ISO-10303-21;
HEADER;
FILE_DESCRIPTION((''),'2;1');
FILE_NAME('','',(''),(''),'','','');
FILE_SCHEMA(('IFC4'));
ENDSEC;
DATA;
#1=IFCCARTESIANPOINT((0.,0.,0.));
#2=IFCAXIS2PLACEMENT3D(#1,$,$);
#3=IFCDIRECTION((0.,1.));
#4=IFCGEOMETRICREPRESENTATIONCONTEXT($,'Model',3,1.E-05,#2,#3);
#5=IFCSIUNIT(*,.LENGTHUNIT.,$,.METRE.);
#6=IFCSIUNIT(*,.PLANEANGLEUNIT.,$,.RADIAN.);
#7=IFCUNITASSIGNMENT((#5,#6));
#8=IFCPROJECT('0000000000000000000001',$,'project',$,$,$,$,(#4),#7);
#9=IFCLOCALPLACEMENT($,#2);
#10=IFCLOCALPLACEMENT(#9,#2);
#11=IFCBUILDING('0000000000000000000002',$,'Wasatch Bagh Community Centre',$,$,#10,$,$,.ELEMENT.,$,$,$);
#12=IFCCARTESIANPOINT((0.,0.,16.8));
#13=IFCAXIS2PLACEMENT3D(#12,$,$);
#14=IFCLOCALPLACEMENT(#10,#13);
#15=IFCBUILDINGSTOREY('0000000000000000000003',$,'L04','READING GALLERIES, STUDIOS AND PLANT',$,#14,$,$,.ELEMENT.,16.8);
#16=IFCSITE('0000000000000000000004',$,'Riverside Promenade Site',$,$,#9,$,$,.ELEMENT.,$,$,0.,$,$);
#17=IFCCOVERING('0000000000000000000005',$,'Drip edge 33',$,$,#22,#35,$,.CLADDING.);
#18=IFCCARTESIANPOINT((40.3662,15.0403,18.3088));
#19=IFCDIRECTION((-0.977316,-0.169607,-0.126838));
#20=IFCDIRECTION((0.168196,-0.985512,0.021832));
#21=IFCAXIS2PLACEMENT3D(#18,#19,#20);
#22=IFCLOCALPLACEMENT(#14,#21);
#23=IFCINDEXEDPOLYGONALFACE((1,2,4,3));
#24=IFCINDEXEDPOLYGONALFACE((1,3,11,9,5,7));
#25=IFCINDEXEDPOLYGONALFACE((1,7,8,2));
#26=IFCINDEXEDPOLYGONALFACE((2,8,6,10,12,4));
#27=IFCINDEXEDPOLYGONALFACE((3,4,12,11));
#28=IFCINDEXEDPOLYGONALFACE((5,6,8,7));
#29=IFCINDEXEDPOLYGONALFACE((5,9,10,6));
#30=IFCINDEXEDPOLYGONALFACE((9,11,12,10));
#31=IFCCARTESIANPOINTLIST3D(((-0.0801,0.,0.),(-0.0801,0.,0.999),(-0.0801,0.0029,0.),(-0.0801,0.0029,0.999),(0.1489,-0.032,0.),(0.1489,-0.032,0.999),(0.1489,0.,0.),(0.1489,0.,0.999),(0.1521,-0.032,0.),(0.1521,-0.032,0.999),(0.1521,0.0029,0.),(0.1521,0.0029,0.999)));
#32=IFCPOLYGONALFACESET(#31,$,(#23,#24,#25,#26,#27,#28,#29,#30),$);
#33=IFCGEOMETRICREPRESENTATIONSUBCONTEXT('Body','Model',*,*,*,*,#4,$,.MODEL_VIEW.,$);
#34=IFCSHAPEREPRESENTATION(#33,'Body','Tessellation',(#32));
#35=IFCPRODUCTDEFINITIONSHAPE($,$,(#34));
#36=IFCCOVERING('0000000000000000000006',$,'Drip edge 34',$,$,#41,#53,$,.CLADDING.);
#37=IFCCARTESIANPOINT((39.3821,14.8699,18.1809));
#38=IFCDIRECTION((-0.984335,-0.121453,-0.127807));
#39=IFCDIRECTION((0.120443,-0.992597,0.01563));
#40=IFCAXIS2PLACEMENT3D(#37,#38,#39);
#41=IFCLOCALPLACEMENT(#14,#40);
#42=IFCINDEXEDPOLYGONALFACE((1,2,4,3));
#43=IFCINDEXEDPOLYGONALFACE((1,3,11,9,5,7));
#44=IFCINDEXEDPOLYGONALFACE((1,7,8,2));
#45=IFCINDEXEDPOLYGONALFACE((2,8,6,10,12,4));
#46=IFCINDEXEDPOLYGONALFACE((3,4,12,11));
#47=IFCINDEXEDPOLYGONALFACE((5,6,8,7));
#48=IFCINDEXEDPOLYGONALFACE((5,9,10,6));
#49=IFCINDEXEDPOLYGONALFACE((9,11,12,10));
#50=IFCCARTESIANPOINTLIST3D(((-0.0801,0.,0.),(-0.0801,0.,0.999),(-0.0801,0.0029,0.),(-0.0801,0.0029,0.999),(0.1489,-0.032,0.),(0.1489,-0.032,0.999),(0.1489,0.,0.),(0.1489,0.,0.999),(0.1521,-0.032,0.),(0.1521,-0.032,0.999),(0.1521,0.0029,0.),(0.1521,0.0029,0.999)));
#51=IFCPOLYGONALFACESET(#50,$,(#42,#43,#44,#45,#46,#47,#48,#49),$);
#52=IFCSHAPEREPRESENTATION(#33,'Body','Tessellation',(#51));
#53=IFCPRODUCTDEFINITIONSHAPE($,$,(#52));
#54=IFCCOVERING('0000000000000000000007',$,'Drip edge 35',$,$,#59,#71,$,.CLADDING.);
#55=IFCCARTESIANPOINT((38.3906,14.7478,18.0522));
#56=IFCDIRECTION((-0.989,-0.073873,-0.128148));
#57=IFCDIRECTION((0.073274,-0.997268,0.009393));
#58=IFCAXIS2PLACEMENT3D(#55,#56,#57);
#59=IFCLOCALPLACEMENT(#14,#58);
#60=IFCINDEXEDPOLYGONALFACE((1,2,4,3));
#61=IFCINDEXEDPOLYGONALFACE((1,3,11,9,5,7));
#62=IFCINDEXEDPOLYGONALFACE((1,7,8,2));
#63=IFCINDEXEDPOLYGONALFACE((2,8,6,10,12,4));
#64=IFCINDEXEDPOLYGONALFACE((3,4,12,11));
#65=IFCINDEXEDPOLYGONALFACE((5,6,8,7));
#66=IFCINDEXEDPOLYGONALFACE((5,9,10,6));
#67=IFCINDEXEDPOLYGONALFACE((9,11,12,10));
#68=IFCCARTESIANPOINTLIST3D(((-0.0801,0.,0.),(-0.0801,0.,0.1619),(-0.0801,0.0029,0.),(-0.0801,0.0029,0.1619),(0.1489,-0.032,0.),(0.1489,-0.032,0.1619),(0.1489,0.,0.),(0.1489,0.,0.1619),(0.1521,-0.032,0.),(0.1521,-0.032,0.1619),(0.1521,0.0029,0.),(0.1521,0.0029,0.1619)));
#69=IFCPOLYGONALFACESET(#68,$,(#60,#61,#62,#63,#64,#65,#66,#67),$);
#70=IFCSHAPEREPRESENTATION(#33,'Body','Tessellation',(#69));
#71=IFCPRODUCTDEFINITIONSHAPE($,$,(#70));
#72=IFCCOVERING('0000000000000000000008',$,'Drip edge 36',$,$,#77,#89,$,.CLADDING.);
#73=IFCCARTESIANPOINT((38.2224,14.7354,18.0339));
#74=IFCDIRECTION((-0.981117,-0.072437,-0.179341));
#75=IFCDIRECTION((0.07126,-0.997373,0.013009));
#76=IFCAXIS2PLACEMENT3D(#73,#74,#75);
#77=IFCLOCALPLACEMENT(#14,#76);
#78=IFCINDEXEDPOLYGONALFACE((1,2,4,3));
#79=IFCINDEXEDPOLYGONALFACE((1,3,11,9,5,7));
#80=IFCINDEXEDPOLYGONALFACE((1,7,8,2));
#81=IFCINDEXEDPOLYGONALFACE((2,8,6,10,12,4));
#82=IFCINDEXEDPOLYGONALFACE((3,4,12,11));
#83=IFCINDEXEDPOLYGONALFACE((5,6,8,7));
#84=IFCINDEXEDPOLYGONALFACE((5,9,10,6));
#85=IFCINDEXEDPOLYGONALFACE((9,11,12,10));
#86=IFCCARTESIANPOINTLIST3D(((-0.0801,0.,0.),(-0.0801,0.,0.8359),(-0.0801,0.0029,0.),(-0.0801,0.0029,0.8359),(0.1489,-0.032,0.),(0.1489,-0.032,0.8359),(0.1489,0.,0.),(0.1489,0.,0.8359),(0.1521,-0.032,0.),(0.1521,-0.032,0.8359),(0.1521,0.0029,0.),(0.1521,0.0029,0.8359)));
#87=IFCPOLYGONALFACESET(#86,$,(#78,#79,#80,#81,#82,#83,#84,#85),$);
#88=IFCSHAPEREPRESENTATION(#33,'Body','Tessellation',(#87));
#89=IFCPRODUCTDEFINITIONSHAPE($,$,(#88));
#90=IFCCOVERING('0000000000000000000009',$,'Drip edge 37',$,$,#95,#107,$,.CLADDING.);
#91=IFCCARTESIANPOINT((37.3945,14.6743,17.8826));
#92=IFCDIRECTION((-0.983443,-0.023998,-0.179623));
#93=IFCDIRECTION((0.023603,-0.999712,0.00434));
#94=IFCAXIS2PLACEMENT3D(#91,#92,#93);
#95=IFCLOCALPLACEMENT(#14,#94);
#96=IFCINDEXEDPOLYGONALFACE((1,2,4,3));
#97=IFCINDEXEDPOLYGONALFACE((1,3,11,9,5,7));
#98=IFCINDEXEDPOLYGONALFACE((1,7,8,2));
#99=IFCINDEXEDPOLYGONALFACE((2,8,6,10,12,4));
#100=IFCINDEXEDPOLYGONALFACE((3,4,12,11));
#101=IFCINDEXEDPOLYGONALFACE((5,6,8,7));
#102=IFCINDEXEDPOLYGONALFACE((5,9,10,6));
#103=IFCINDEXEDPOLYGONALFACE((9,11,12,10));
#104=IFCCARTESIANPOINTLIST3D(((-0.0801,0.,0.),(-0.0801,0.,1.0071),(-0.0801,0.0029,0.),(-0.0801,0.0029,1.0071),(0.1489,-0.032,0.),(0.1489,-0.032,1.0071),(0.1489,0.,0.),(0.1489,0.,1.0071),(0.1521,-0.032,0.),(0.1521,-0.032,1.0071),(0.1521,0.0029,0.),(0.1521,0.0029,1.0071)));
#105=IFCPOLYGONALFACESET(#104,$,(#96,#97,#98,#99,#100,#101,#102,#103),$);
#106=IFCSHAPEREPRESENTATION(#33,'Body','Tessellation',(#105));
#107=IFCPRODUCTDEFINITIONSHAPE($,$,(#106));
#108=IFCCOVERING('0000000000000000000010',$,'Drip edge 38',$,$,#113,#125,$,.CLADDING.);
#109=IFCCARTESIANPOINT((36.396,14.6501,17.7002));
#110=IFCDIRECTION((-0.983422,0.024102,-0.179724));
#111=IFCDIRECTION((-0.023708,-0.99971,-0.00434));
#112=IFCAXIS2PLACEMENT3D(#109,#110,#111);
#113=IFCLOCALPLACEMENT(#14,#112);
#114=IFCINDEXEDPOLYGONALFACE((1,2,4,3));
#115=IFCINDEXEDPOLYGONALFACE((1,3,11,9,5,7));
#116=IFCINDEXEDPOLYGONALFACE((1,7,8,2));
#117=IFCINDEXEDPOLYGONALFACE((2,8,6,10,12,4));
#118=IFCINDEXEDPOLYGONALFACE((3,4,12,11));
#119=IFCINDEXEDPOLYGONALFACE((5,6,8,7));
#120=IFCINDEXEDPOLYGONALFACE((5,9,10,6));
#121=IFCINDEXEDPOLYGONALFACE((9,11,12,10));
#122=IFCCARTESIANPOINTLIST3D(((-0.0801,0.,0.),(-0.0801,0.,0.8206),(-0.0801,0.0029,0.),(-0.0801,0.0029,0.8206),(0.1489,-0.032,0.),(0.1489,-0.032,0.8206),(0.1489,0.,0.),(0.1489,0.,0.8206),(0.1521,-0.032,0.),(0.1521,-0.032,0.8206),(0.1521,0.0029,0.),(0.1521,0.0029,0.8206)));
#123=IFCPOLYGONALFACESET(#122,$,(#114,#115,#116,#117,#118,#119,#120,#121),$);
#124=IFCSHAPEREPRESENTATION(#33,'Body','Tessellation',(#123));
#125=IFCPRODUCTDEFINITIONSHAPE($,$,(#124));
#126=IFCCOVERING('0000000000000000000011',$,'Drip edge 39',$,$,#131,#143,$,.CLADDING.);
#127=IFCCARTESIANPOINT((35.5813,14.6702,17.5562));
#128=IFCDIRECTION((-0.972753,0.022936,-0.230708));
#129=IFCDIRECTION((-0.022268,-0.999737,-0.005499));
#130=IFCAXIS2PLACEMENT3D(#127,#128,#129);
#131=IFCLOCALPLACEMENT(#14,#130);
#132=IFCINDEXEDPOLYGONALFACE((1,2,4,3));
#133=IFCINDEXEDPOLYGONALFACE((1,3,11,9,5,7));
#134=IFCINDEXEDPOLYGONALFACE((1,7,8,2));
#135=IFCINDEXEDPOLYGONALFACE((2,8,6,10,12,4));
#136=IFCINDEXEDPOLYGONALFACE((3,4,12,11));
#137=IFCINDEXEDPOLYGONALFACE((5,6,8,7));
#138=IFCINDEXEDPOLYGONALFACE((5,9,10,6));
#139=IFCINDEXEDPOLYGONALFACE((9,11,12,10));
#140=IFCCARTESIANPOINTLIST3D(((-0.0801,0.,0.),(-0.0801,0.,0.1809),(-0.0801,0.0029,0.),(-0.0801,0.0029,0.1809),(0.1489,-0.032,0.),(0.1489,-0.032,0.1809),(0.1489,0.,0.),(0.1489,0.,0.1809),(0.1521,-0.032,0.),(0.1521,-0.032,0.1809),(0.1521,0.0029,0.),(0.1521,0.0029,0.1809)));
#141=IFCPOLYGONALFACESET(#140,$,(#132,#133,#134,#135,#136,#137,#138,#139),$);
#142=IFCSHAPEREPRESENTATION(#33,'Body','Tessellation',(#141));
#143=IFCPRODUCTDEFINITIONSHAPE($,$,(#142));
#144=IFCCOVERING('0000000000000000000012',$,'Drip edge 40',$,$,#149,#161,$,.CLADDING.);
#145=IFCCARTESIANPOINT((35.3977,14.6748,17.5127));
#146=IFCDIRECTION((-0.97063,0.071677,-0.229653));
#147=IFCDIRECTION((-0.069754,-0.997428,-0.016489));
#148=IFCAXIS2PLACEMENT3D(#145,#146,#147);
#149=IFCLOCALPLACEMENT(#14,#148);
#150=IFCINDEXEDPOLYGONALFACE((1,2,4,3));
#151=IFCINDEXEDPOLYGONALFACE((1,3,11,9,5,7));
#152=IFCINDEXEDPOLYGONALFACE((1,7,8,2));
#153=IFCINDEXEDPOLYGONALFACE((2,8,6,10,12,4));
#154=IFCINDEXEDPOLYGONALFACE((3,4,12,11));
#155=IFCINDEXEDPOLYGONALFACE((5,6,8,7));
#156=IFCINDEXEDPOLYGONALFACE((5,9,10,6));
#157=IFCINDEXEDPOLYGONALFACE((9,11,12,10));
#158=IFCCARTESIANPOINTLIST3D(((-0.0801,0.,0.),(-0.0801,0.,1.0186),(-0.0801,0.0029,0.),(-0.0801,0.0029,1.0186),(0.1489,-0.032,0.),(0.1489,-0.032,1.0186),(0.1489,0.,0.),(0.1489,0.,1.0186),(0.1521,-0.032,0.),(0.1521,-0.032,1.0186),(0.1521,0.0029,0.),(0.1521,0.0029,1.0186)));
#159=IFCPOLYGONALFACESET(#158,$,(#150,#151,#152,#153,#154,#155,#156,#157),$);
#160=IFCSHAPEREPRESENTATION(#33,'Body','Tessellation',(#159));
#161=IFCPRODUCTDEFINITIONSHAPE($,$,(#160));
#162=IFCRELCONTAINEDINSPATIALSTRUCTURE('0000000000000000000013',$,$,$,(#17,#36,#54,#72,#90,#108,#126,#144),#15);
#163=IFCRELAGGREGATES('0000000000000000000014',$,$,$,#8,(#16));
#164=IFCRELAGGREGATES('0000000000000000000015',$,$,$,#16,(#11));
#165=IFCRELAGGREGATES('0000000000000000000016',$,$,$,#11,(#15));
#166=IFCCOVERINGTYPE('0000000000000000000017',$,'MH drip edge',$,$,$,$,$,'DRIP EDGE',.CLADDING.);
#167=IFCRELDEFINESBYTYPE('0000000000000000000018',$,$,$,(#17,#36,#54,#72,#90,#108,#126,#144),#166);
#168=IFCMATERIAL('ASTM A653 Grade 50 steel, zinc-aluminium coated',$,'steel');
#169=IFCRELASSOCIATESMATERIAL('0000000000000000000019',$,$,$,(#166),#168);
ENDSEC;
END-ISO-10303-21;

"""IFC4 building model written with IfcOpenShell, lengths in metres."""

from ifc_helpers import new_model, si_unit, direction, frame, origin, place, context, subcontext, project, spatial, polyline, outline, extrude, material, material_profile, profile_set, type_object, element, save


model = new_model("IFC4")

# Units and contexts
model_context = context("Model", 3, precision=1e-05, world=origin(), true_north=direction((0.0, 1.0)))
body_context = subcontext(model_context, "Body", "Model", "MODEL_VIEW")
ifc_project = project(units=[si_unit("LENGTHUNIT", "METRE"), si_unit("PLANEANGLEUNIT", "RADIAN")], contexts=[model_context])

# Site, building, storey
site_placement = place(None, origin())
site = spatial("IfcSite", under=ifc_project, at=site_placement, Name="Riverside Promenade Site", CompositionType="ELEMENT", RefElevation=0.0)
building_placement = place(site_placement, origin())
building = spatial("IfcBuilding", under=site, at=building_placement, Name="Wasatch Bagh Community Centre", CompositionType="ELEMENT")
storey_placement = place(building_placement, frame((0.0, 0.0, 16.8)))
storey = spatial("IfcBuildingStorey", under=building, at=storey_placement, Name="L04", Description="READING GALLERIES, STUDIOS AND PLANT", CompositionType="ELEMENT", Elevation=16.8)

# Coverings
ifc_material_1 = material(Name="ASTM A653 Grade 50 steel, zinc-aluminium coated", Category="steel")
ifc_material_profile_1 = material_profile(ifc_material_1, outline(polyline([(-0.0801, 0.0029), (0.1521, 0.0029), (0.1521, -0.032), (0.1489, -0.032), (0.1489, 0.0), (-0.0801, 0.0), (-0.0801, 0.0029)])), Name="DRIP EDGE")
ifc_profile_set_1 = profile_set([ifc_material_profile_1], Name="ASTM A653 Grade 50 steel, zinc-aluminium coated")
covering_type_1 = type_object("IfcCoveringType", Name="MH drip edge", ElementType="DRIP EDGE", PredefinedType="CLADDING", material=ifc_profile_set_1)
for number, where, z_axis, x_axis, name in (
    (1, (40.3662, 15.0403, 18.3088), (-0.977316, -0.169607, -0.126838), (0.168196, -0.985512, 0.021832), "Drip edge 33"),
    (2, (39.3821, 14.8699, 18.1809), (-0.984335, -0.121453, -0.127807), (0.120443, -0.992597, 0.01563), "Drip edge 34"),
):
    element("IfcCovering", number, at=place(storey_placement, frame(where, z_axis=z_axis, x_axis=x_axis)), inside=storey, type_object=covering_type_1, Name=name, PredefinedType="CLADDING", context=body_context, shape_type="SweptSolid", body=[
        extrude(outline(polyline([(-0.0801, 0.0029), (0.1521, 0.0029), (0.1521, -0.032), (0.1489, -0.032), (0.1489, 0.0), (-0.0801, 0.0), (-0.0801, 0.0029)])), origin(), (0.0, 0.0, 1.0), 0.999),
    ])
covering_1_placement = place(storey_placement, frame((38.3906, 14.7478, 18.0522), z_axis=(-0.989, -0.073873, -0.128148), x_axis=(0.073274, -0.997268, 0.009393)))
element("IfcCovering", 3, at=covering_1_placement, inside=storey, type_object=covering_type_1, Name="Drip edge 35", PredefinedType="CLADDING", context=body_context, shape_type="SweptSolid", body=[
    extrude(outline(polyline([(-0.0801, 0.0029), (0.1521, 0.0029), (0.1521, -0.032), (0.1489, -0.032), (0.1489, 0.0), (-0.0801, 0.0), (-0.0801, 0.0029)])), origin(), (0.0, 0.0, 1.0), 0.1619),
])
covering_2_placement = place(storey_placement, frame((38.2224, 14.7354, 18.0339), z_axis=(-0.981117, -0.072437, -0.179341), x_axis=(0.07126, -0.997373, 0.013009)))
element("IfcCovering", 4, at=covering_2_placement, inside=storey, type_object=covering_type_1, Name="Drip edge 36", PredefinedType="CLADDING", context=body_context, shape_type="SweptSolid", body=[
    extrude(outline(polyline([(-0.0801, 0.0029), (0.1521, 0.0029), (0.1521, -0.032), (0.1489, -0.032), (0.1489, 0.0), (-0.0801, 0.0), (-0.0801, 0.0029)])), origin(), (0.0, 0.0, 1.0), 0.8359),
])
covering_3_placement = place(storey_placement, frame((37.3945, 14.6743, 17.8826), z_axis=(-0.983443, -0.023998, -0.179623), x_axis=(0.023603, -0.999712, 0.00434)))
element("IfcCovering", 5, at=covering_3_placement, inside=storey, type_object=covering_type_1, Name="Drip edge 37", PredefinedType="CLADDING", context=body_context, shape_type="SweptSolid", body=[
    extrude(outline(polyline([(-0.0801, 0.0029), (0.1521, 0.0029), (0.1521, -0.032), (0.1489, -0.032), (0.1489, 0.0), (-0.0801, 0.0), (-0.0801, 0.0029)])), origin(), (0.0, 0.0, 1.0), 1.0071),
])
covering_4_placement = place(storey_placement, frame((36.396, 14.6501, 17.7002), z_axis=(-0.983422, 0.024102, -0.179724), x_axis=(-0.023708, -0.99971, -0.00434)))
element("IfcCovering", 6, at=covering_4_placement, inside=storey, type_object=covering_type_1, Name="Drip edge 38", PredefinedType="CLADDING", context=body_context, shape_type="SweptSolid", body=[
    extrude(outline(polyline([(-0.0801, 0.0029), (0.1521, 0.0029), (0.1521, -0.032), (0.1489, -0.032), (0.1489, 0.0), (-0.0801, 0.0), (-0.0801, 0.0029)])), origin(), (0.0, 0.0, 1.0), 0.8206),
])
covering_5_placement = place(storey_placement, frame((35.5813, 14.6702, 17.5562), z_axis=(-0.972753, 0.022936, -0.230708), x_axis=(-0.022268, -0.999737, -0.005499)))
element("IfcCovering", 7, at=covering_5_placement, inside=storey, type_object=covering_type_1, Name="Drip edge 39", PredefinedType="CLADDING", context=body_context, shape_type="SweptSolid", body=[
    extrude(outline(polyline([(-0.0801, 0.0029), (0.1521, 0.0029), (0.1521, -0.032), (0.1489, -0.032), (0.1489, 0.0), (-0.0801, 0.0), (-0.0801, 0.0029)])), origin(), (0.0, 0.0, 1.0), 0.1809),
])
covering_6_placement = place(storey_placement, frame((35.3977, 14.6748, 17.5127), z_axis=(-0.97063, 0.071677, -0.229653), x_axis=(-0.069754, -0.997428, -0.016489)))
element("IfcCovering", 8, at=covering_6_placement, inside=storey, type_object=covering_type_1, Name="Drip edge 40", PredefinedType="CLADDING", context=body_context, shape_type="SweptSolid", body=[
    extrude(outline(polyline([(-0.0801, 0.0029), (0.1521, 0.0029), (0.1521, -0.032), (0.1489, -0.032), (0.1489, 0.0), (-0.0801, 0.0), (-0.0801, 0.0029)])), origin(), (0.0, 0.0, 1.0), 1.0186),
])

save(model, "model.ifc")
